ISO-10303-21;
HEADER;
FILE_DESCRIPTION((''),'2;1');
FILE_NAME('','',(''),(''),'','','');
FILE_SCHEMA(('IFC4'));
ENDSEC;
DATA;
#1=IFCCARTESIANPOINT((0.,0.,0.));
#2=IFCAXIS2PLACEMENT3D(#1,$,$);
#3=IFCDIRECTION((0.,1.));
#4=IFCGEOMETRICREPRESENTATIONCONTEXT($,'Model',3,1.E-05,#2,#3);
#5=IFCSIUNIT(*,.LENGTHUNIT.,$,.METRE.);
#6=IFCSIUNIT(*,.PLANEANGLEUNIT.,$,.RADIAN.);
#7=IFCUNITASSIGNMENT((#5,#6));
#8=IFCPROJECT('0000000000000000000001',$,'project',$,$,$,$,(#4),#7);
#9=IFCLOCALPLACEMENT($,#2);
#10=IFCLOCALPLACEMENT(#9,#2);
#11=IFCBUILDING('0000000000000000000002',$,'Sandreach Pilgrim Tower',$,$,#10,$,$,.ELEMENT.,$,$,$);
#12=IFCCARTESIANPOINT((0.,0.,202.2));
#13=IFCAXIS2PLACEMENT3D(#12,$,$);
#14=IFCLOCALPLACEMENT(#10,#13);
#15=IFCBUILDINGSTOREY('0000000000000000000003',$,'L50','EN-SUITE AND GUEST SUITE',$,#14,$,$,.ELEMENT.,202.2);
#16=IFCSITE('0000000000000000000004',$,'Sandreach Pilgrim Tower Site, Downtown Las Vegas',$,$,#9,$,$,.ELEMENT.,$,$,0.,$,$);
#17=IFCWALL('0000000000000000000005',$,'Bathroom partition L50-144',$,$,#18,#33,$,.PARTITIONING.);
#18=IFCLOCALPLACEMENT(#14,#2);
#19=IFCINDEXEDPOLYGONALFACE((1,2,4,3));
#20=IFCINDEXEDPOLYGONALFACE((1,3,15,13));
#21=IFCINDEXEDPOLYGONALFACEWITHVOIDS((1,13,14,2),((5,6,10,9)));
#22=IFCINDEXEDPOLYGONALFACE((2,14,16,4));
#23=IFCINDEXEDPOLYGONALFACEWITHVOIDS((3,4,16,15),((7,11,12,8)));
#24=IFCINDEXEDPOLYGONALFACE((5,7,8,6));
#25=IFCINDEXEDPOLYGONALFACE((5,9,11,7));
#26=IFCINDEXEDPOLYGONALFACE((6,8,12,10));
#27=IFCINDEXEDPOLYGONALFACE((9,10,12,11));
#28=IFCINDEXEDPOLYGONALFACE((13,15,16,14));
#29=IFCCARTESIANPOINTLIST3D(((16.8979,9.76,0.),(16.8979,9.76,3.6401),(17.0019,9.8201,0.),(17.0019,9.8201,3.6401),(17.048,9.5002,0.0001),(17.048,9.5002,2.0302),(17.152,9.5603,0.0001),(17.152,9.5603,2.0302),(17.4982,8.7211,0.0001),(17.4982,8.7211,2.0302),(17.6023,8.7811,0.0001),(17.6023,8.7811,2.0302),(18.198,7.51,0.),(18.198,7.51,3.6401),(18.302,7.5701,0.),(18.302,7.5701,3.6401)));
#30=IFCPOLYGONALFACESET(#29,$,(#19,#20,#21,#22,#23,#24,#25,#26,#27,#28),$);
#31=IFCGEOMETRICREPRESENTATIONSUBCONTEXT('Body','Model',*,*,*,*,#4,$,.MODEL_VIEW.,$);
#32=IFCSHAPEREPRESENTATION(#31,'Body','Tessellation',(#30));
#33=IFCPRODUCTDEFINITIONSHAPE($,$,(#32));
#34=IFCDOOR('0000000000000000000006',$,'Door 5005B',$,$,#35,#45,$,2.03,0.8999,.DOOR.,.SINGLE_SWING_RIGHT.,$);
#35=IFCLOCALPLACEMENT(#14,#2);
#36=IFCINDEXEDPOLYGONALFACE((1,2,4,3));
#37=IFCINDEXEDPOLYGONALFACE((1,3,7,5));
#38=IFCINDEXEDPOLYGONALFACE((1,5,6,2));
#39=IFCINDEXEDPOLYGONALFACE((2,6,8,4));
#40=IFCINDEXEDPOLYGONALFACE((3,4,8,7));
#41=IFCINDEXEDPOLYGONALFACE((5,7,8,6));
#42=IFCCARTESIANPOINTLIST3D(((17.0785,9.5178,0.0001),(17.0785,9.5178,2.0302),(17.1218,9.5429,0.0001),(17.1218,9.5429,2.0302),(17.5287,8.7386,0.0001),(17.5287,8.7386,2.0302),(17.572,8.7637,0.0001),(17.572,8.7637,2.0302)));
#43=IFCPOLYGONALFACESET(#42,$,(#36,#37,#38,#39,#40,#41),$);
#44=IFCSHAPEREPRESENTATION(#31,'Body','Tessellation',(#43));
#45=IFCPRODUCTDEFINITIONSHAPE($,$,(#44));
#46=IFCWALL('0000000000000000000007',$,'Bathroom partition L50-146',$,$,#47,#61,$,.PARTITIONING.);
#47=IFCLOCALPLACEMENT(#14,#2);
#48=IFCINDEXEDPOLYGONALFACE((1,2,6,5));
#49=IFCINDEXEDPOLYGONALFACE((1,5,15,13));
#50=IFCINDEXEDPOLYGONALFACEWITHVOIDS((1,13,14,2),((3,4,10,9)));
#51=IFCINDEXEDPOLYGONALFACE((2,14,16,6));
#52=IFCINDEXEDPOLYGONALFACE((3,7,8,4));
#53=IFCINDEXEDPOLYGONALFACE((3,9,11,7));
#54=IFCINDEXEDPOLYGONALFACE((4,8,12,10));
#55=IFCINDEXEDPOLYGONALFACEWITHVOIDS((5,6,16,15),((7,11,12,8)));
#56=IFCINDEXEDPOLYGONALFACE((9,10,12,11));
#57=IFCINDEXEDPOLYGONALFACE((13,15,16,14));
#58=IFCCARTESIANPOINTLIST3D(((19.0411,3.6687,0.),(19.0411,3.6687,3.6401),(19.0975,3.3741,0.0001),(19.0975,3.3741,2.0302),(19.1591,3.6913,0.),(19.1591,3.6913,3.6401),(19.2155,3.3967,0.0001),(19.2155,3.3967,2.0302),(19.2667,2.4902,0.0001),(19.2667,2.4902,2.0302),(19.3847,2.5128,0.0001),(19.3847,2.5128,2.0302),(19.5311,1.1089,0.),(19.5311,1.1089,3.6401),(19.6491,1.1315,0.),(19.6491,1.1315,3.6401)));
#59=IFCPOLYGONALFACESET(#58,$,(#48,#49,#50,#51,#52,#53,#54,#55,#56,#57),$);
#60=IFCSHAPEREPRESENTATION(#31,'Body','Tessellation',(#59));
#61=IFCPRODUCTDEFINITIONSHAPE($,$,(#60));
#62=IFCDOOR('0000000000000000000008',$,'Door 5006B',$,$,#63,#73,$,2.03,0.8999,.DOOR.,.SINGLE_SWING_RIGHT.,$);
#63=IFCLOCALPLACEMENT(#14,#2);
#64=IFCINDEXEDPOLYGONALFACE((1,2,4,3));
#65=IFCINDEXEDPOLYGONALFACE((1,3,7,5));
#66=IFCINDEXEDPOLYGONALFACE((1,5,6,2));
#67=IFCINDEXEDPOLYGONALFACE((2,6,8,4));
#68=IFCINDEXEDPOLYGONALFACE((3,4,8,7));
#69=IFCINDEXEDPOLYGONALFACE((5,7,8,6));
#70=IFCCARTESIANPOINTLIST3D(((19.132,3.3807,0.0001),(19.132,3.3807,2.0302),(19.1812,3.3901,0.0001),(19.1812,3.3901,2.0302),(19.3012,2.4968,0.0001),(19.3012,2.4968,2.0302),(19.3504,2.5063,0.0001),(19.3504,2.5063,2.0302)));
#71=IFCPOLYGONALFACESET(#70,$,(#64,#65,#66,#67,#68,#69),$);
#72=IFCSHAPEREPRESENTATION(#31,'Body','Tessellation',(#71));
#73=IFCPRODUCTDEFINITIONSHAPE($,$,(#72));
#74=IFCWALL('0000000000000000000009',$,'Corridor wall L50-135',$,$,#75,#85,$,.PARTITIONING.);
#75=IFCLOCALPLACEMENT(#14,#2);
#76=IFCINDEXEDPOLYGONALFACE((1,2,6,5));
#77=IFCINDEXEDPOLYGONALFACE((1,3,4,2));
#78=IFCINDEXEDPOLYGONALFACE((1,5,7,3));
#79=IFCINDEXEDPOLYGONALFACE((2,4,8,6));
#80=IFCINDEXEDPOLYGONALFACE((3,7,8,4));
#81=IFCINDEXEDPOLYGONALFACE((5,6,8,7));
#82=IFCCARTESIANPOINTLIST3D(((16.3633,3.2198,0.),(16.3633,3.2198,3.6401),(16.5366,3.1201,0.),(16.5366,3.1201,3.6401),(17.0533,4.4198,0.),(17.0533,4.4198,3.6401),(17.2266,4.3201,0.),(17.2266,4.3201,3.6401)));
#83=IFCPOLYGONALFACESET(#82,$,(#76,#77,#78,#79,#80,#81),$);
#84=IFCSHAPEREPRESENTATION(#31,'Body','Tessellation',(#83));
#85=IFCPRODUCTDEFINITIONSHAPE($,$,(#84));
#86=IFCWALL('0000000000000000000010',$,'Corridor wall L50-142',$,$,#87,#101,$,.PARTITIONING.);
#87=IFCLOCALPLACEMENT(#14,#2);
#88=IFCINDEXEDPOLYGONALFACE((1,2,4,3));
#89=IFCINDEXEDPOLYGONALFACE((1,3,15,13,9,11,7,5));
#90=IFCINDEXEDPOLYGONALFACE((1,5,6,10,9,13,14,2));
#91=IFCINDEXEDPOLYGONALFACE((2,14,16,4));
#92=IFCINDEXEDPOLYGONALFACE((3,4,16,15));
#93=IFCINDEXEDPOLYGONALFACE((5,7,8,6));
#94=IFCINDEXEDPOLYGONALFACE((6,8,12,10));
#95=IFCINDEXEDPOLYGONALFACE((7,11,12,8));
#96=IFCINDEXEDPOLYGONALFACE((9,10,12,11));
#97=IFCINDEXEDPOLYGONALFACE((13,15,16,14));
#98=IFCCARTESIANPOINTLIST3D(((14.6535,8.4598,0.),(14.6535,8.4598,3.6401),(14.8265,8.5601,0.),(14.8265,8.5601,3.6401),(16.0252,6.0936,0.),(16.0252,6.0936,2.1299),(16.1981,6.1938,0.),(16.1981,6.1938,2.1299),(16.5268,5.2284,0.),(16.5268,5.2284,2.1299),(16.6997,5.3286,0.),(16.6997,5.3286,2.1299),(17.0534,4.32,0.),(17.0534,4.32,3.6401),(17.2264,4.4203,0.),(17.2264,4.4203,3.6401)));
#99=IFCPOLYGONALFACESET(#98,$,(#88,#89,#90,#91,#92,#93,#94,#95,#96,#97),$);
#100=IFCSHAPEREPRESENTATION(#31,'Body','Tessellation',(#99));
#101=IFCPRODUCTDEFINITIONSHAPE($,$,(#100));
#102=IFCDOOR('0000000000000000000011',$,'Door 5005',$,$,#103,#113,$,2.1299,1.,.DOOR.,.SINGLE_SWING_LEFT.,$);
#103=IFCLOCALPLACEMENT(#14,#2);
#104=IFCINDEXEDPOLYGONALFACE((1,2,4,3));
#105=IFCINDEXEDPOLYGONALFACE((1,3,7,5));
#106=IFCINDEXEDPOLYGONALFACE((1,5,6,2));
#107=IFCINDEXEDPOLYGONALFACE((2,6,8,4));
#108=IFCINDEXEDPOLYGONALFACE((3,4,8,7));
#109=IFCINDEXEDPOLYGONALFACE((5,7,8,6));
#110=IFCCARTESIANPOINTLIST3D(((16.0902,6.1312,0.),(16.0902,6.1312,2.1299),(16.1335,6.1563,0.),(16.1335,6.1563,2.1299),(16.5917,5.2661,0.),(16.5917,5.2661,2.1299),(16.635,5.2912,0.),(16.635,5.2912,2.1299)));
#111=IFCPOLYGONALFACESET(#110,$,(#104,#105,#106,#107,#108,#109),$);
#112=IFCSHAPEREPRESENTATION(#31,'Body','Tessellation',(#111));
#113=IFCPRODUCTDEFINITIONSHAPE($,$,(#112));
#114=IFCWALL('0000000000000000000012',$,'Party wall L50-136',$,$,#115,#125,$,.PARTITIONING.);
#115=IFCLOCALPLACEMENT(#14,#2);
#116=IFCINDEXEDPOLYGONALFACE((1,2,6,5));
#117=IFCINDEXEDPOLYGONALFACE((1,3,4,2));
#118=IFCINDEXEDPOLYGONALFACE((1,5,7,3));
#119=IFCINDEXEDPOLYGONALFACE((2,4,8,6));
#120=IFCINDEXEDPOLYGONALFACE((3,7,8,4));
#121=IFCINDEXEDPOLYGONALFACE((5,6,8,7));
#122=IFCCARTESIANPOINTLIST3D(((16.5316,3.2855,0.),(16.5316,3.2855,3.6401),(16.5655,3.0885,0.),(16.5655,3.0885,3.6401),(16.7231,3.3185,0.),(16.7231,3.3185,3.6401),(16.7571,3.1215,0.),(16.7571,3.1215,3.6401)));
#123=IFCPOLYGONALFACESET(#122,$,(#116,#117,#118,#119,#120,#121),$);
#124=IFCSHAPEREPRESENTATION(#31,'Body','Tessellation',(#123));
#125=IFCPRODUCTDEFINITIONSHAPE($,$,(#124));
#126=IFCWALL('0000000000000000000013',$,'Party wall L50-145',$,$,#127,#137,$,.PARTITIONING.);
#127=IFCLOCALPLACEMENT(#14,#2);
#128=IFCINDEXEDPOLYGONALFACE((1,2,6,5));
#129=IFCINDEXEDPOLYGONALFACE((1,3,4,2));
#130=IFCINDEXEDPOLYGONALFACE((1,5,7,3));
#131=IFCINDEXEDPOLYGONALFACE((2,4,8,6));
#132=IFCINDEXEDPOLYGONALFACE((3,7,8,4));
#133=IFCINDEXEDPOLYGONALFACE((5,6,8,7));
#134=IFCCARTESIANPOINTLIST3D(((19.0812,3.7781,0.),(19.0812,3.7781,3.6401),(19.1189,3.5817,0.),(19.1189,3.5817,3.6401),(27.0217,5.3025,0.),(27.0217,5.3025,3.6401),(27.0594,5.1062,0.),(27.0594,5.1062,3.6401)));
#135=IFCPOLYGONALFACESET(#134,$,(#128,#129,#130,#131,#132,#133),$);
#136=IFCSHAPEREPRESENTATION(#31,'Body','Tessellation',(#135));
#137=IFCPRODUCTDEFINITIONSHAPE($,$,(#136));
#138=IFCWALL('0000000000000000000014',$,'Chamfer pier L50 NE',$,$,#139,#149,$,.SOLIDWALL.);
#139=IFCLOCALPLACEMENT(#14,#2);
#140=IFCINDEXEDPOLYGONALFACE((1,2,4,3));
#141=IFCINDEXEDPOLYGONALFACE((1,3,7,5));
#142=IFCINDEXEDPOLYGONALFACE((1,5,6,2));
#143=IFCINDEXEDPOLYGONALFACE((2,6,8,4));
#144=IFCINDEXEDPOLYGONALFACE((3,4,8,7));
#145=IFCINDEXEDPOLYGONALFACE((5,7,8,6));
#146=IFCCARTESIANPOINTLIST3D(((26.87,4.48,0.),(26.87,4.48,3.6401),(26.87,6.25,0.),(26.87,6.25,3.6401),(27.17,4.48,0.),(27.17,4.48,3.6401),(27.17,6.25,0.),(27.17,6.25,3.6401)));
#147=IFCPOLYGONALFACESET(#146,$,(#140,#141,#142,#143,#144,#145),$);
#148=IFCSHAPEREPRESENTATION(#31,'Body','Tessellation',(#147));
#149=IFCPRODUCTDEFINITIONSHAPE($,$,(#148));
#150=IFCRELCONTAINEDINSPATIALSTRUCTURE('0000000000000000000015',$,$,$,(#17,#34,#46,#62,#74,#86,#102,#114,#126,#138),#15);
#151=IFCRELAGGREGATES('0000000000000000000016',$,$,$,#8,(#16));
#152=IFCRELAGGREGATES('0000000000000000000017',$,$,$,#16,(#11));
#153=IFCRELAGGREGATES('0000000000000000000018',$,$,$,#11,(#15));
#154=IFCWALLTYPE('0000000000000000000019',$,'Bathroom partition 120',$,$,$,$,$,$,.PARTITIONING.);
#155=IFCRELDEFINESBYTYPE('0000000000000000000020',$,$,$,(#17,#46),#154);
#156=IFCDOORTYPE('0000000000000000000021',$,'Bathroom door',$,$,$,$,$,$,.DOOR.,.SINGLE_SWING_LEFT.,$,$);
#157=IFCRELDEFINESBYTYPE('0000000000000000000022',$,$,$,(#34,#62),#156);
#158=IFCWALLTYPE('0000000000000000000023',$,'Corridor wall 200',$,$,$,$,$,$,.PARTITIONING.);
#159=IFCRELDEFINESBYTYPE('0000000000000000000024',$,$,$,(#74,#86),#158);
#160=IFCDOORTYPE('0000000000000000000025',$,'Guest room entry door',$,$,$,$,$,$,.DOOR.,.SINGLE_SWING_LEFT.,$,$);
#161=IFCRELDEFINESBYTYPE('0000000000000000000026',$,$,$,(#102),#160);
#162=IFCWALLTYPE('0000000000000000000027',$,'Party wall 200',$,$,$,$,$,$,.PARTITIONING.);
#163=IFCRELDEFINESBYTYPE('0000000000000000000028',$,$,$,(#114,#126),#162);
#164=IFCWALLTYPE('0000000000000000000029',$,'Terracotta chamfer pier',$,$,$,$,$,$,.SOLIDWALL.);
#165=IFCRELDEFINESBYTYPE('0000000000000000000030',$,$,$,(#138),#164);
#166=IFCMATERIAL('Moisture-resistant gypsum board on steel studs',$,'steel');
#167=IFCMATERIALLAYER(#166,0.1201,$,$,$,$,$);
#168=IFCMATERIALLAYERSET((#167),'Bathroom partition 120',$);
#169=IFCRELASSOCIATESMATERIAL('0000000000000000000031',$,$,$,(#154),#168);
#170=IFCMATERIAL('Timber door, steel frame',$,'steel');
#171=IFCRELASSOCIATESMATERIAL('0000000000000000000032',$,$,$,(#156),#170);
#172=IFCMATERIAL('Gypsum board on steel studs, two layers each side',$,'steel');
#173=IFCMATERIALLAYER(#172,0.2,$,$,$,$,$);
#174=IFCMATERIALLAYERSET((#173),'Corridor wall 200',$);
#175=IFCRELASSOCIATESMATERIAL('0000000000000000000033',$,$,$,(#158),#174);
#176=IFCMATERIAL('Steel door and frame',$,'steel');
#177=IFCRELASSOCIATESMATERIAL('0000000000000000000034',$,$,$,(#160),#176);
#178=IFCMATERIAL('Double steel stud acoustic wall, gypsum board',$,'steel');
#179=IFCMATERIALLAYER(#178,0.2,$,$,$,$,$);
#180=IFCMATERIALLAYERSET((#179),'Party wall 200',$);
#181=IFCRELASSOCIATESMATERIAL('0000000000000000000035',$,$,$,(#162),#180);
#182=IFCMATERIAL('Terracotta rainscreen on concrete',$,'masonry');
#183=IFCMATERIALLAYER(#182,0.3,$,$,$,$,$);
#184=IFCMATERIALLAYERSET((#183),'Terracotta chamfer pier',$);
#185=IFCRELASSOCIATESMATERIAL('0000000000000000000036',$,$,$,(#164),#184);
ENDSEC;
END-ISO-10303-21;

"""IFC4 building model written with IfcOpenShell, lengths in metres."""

from ifc_helpers import new_model, si_unit, direction, frame, frame_2d, origin, place, context, subcontext, project, spatial, rectangle, extrude, material, layer, layer_set, type_object, element, fill, save


model = new_model("IFC4")

# Units and contexts
model_context = context("Model", 3, precision=1e-05, world=origin(), true_north=direction((0.0, 1.0)))
body_context = subcontext(model_context, "Body", "Model", "MODEL_VIEW")
ifc_project = project(units=[si_unit("LENGTHUNIT", "METRE"), si_unit("PLANEANGLEUNIT", "RADIAN")], contexts=[model_context])

# Site, building, storey
site_placement = place(None, origin())
site = spatial("IfcSite", under=ifc_project, at=site_placement, Name="Sandreach Pilgrim Tower Site, Downtown Las Vegas", CompositionType="ELEMENT", RefElevation=0.0)
building_placement = place(site_placement, origin())
building = spatial("IfcBuilding", under=site, at=building_placement, Name="Sandreach Pilgrim Tower", CompositionType="ELEMENT")
storey_placement = place(building_placement, frame((0.0, 0.0, 202.2)))
storey = spatial("IfcBuildingStorey", under=building, at=storey_placement, Name="L50", Description="EN-SUITE AND GUEST SUITE", CompositionType="ELEMENT", Elevation=202.2)

# Shared definitions
ifc_material_1 = material(Name="Moisture-resistant gypsum board on steel studs", Category="steel")
ifc_layer_1 = layer(ifc_material_1, 0.1201)
ifc_layer_set_1 = layer_set([ifc_layer_1], Name="Bathroom partition 120")
wall_type_1 = type_object("IfcWallType", Name="Bathroom partition 120", PredefinedType="PARTITIONING", material=ifc_layer_set_1)

# Walls, openings, doors
wall_1_placement = place(storey_placement, frame((18.25, 7.54, 0.0), z_axis=(0.0, 0.0, 1.0), x_axis=(-0.500292, 0.865857, 0.0)))
wall_1 = element("IfcWall", 1, at=wall_1_placement, inside=storey, type_object=wall_type_1, Name="Bathroom partition L50-144", PredefinedType="PARTITIONING", context=body_context, shape_type="SweptSolid", body=[
    extrude(rectangle(XDim=2.5986, YDim=0.1201, at=frame_2d((1.2993, 0.0))), origin(), (0.0, 0.0, 1.0), 3.6401),
])
opening_1_placement = place(wall_1_placement, frame((1.3987, 0.0, 0.0)))
opening_1 = element("IfcOpeningElement", 2, at=opening_1_placement, cuts=wall_1, PredefinedType="OPENING", context=body_context, shape_type="SweptSolid", body=[
    extrude(rectangle(XDim=0.8999, YDim=2.03, at=frame_2d((0.45, 1.0151))), frame((0.0, 0.0601, 0.0), z_axis=(0.0, -1.0, 0.0), x_axis=(1.0, 0.0, 0.0)), (0.0, 0.0, 1.0), 0.1201),
])
ifc_material_2 = material(Name="Timber door, steel frame", Category="steel")
door_type_1 = type_object("IfcDoorType", Name="Bathroom door", OperationType="SINGLE_SWING_LEFT", PredefinedType="DOOR", material=ifc_material_2)
door_1_placement = place(opening_1_placement, origin())
door_1 = element("IfcDoor", 3, at=door_1_placement, inside=storey, type_object=door_type_1, Name="Door 5005B", OperationType="SINGLE_SWING_RIGHT", OverallHeight=2.03, OverallWidth=0.8999, PredefinedType="DOOR", context=body_context, shape_type="SweptSolid", body=[
    extrude(rectangle(XDim=0.8999, YDim=2.03, at=frame_2d((0.45, 1.0151))), frame((0.0, 0.0249, 0.0), z_axis=(0.0, -1.0, 0.0), x_axis=(1.0, 0.0, 0.0)), (0.0, 0.0, 1.0), 0.05),
])
fill(opening_1, door_1)
wall_2_placement = place(storey_placement, frame((19.5901, 1.1201, 0.0), z_axis=(0.0, 0.0, 1.0), x_axis=(-0.188003, 0.982168, 0.0)))
wall_2 = element("IfcWall", 4, at=wall_2_placement, inside=storey, type_object=wall_type_1, Name="Bathroom partition L50-146", PredefinedType="PARTITIONING", context=body_context, shape_type="SweptSolid", body=[
    extrude(rectangle(XDim=2.6062, YDim=0.1201, at=frame_2d((1.3032, 0.0))), origin(), (0.0, 0.0, 1.0), 3.6401),
])
opening_2_placement = place(wall_2_placement, frame((1.4065, 0.0, 0.0)))
opening_2 = element("IfcOpeningElement", 5, at=opening_2_placement, cuts=wall_2, PredefinedType="OPENING", context=body_context, shape_type="SweptSolid", body=[
    extrude(rectangle(XDim=0.8999, YDim=2.03, at=frame_2d((0.45, 1.0151))), frame((0.0, 0.0601, 0.0), z_axis=(0.0, -1.0, 0.0), x_axis=(1.0, 0.0, 0.0)), (0.0, 0.0, 1.0), 0.1201),
])
door_2_placement = place(opening_2_placement, origin())
door_2 = element("IfcDoor", 6, at=door_2_placement, inside=storey, type_object=door_type_1, Name="Door 5006B", OperationType="SINGLE_SWING_RIGHT", OverallHeight=2.03, OverallWidth=0.8999, PredefinedType="DOOR", context=body_context, shape_type="SweptSolid", body=[
    extrude(rectangle(XDim=0.8999, YDim=2.03, at=frame_2d((0.45, 1.0151))), frame((0.0, 0.0249, 0.0), z_axis=(0.0, -1.0, 0.0), x_axis=(1.0, 0.0, 0.0)), (0.0, 0.0, 1.0), 0.05),
])
fill(opening_2, door_2)
ifc_material_3 = material(Name="Gypsum board on steel studs, two layers each side", Category="steel")
ifc_layer_2 = layer(ifc_material_3, 0.2)
ifc_layer_set_2 = layer_set([ifc_layer_2], Name="Corridor wall 200")
wall_type_2 = type_object("IfcWallType", Name="Corridor wall 200", PredefinedType="PARTITIONING", material=ifc_layer_set_2)
ifc_material_4 = material(Name="Steel door and frame", Category="steel")
door_type_2 = type_object("IfcDoorType", Name="Guest room entry door", OperationType="SINGLE_SWING_LEFT", PredefinedType="DOOR", material=ifc_material_4)

# Wall
wall_3_placement = place(storey_placement, frame((16.45, 3.1699, 0.0), z_axis=(0.0, 0.0, 1.0), x_axis=(0.498455, 0.866916, 0.0)))
element("IfcWall", 7, at=wall_3_placement, inside=storey, type_object=wall_type_2, Name="Corridor wall L50-135", PredefinedType="PARTITIONING", context=body_context, shape_type="SweptSolid", body=[
    extrude(rectangle(XDim=1.3843, YDim=0.2, at=frame_2d((0.6921, 0.0))), origin(), (0.0, 0.0, 1.0), 3.6401),
])

# Wall, opening, door
wall_4_placement = place(storey_placement, frame((17.1399, 4.3701, 0.0), z_axis=(0.0, 0.0, 1.0), x_axis=(-0.501525, 0.865143, 0.0)))
wall_4 = element("IfcWall", 8, at=wall_4_placement, inside=storey, type_object=wall_type_2, Name="Corridor wall L50-142", PredefinedType="PARTITIONING", context=body_context, shape_type="SweptSolid", body=[
    extrude(rectangle(XDim=4.7852, YDim=0.2, at=frame_2d((2.3926, 0.0))), origin(), (0.0, 0.0, 1.0), 3.6401),
])
opening_3_placement = place(wall_4_placement, frame((1.05, 0.0, 0.0)))
opening_3 = element("IfcOpeningElement", 9, at=opening_3_placement, cuts=wall_4, PredefinedType="OPENING", context=body_context, shape_type="SweptSolid", body=[
    extrude(rectangle(XDim=1.0, YDim=2.1299, at=frame_2d((0.5, 1.0649))), frame((0.0, 0.1001, 0.0), z_axis=(0.0, -1.0, 0.0), x_axis=(1.0, 0.0, 0.0)), (0.0, 0.0, 1.0), 0.2),
])
door_3_placement = place(opening_3_placement, origin())
door_3 = element("IfcDoor", 10, at=door_3_placement, inside=storey, type_object=door_type_2, Name="Door 5005", OperationType="SINGLE_SWING_LEFT", OverallHeight=2.1299, OverallWidth=1.0, PredefinedType="DOOR", context=body_context, shape_type="SweptSolid", body=[
    extrude(rectangle(XDim=1.0, YDim=2.1299, at=frame_2d((0.5, 1.0649))), frame((0.0, 0.0249, 0.0), z_axis=(0.0, -1.0, 0.0), x_axis=(1.0, 0.0, 0.0)), (0.0, 0.0, 1.0), 0.05),
])
fill(opening_3, door_3)

# Walls
ifc_material_5 = material(Name="Double steel stud acoustic wall, gypsum board", Category="steel")
ifc_layer_3 = layer(ifc_material_5, 0.2)
ifc_layer_set_3 = layer_set([ifc_layer_3], Name="Party wall 200")
wall_type_3 = type_object("IfcWallType", Name="Party wall 200", PredefinedType="PARTITIONING", material=ifc_layer_set_3)
wall_5_placement = place(storey_placement, frame((16.5486, 3.187, 0.0), z_axis=(0.0, 0.0, 1.0), x_axis=(0.985496, 0.169696, 0.0)))
element("IfcWall", 11, at=wall_5_placement, inside=storey, type_object=wall_type_3, Name="Party wall L50-136", PredefinedType="PARTITIONING", context=body_context, shape_type="SweptSolid", body=[
    extrude(rectangle(XDim=0.1943, YDim=0.2, at=frame_2d((0.0972, 0.0))), origin(), (0.0, 0.0, 1.0), 3.6401),
])
wall_6_placement = place(storey_placement, frame((19.1001, 3.6799, 0.0), z_axis=(0.0, 0.0, 1.0), x_axis=(0.982066, 0.188538, 0.0)))
element("IfcWall", 12, at=wall_6_placement, inside=storey, type_object=wall_type_3, Name="Party wall L50-145", PredefinedType="PARTITIONING", context=body_context, shape_type="SweptSolid", body=[
    extrude(rectangle(XDim=8.0854, YDim=0.2, at=frame_2d((4.0427, 0.0))), origin(), (0.0, 0.0, 1.0), 3.6401),
])
ifc_material_6 = material(Name="Terracotta rainscreen on concrete", Category="masonry")
ifc_layer_4 = layer(ifc_material_6, 0.3)
ifc_layer_set_4 = layer_set([ifc_layer_4], Name="Terracotta chamfer pier")
wall_type_4 = type_object("IfcWallType", Name="Terracotta chamfer pier", PredefinedType="SOLIDWALL", material=ifc_layer_set_4)
wall_7_placement = place(storey_placement, frame((27.02, 6.25, 0.0), z_axis=(0.0, 0.0, 1.0), x_axis=(0.0, -1.0, 0.0)))
element("IfcWall", 13, at=wall_7_placement, inside=storey, type_object=wall_type_4, Name="Chamfer pier L50 NE", PredefinedType="SOLIDWALL", context=body_context, shape_type="SweptSolid", body=[
    extrude(rectangle(XDim=1.77, YDim=0.3, at=frame_2d((0.885, 0.0))), origin(), (0.0, 0.0, 1.0), 3.6401),
])

save(model, "model.ifc")
